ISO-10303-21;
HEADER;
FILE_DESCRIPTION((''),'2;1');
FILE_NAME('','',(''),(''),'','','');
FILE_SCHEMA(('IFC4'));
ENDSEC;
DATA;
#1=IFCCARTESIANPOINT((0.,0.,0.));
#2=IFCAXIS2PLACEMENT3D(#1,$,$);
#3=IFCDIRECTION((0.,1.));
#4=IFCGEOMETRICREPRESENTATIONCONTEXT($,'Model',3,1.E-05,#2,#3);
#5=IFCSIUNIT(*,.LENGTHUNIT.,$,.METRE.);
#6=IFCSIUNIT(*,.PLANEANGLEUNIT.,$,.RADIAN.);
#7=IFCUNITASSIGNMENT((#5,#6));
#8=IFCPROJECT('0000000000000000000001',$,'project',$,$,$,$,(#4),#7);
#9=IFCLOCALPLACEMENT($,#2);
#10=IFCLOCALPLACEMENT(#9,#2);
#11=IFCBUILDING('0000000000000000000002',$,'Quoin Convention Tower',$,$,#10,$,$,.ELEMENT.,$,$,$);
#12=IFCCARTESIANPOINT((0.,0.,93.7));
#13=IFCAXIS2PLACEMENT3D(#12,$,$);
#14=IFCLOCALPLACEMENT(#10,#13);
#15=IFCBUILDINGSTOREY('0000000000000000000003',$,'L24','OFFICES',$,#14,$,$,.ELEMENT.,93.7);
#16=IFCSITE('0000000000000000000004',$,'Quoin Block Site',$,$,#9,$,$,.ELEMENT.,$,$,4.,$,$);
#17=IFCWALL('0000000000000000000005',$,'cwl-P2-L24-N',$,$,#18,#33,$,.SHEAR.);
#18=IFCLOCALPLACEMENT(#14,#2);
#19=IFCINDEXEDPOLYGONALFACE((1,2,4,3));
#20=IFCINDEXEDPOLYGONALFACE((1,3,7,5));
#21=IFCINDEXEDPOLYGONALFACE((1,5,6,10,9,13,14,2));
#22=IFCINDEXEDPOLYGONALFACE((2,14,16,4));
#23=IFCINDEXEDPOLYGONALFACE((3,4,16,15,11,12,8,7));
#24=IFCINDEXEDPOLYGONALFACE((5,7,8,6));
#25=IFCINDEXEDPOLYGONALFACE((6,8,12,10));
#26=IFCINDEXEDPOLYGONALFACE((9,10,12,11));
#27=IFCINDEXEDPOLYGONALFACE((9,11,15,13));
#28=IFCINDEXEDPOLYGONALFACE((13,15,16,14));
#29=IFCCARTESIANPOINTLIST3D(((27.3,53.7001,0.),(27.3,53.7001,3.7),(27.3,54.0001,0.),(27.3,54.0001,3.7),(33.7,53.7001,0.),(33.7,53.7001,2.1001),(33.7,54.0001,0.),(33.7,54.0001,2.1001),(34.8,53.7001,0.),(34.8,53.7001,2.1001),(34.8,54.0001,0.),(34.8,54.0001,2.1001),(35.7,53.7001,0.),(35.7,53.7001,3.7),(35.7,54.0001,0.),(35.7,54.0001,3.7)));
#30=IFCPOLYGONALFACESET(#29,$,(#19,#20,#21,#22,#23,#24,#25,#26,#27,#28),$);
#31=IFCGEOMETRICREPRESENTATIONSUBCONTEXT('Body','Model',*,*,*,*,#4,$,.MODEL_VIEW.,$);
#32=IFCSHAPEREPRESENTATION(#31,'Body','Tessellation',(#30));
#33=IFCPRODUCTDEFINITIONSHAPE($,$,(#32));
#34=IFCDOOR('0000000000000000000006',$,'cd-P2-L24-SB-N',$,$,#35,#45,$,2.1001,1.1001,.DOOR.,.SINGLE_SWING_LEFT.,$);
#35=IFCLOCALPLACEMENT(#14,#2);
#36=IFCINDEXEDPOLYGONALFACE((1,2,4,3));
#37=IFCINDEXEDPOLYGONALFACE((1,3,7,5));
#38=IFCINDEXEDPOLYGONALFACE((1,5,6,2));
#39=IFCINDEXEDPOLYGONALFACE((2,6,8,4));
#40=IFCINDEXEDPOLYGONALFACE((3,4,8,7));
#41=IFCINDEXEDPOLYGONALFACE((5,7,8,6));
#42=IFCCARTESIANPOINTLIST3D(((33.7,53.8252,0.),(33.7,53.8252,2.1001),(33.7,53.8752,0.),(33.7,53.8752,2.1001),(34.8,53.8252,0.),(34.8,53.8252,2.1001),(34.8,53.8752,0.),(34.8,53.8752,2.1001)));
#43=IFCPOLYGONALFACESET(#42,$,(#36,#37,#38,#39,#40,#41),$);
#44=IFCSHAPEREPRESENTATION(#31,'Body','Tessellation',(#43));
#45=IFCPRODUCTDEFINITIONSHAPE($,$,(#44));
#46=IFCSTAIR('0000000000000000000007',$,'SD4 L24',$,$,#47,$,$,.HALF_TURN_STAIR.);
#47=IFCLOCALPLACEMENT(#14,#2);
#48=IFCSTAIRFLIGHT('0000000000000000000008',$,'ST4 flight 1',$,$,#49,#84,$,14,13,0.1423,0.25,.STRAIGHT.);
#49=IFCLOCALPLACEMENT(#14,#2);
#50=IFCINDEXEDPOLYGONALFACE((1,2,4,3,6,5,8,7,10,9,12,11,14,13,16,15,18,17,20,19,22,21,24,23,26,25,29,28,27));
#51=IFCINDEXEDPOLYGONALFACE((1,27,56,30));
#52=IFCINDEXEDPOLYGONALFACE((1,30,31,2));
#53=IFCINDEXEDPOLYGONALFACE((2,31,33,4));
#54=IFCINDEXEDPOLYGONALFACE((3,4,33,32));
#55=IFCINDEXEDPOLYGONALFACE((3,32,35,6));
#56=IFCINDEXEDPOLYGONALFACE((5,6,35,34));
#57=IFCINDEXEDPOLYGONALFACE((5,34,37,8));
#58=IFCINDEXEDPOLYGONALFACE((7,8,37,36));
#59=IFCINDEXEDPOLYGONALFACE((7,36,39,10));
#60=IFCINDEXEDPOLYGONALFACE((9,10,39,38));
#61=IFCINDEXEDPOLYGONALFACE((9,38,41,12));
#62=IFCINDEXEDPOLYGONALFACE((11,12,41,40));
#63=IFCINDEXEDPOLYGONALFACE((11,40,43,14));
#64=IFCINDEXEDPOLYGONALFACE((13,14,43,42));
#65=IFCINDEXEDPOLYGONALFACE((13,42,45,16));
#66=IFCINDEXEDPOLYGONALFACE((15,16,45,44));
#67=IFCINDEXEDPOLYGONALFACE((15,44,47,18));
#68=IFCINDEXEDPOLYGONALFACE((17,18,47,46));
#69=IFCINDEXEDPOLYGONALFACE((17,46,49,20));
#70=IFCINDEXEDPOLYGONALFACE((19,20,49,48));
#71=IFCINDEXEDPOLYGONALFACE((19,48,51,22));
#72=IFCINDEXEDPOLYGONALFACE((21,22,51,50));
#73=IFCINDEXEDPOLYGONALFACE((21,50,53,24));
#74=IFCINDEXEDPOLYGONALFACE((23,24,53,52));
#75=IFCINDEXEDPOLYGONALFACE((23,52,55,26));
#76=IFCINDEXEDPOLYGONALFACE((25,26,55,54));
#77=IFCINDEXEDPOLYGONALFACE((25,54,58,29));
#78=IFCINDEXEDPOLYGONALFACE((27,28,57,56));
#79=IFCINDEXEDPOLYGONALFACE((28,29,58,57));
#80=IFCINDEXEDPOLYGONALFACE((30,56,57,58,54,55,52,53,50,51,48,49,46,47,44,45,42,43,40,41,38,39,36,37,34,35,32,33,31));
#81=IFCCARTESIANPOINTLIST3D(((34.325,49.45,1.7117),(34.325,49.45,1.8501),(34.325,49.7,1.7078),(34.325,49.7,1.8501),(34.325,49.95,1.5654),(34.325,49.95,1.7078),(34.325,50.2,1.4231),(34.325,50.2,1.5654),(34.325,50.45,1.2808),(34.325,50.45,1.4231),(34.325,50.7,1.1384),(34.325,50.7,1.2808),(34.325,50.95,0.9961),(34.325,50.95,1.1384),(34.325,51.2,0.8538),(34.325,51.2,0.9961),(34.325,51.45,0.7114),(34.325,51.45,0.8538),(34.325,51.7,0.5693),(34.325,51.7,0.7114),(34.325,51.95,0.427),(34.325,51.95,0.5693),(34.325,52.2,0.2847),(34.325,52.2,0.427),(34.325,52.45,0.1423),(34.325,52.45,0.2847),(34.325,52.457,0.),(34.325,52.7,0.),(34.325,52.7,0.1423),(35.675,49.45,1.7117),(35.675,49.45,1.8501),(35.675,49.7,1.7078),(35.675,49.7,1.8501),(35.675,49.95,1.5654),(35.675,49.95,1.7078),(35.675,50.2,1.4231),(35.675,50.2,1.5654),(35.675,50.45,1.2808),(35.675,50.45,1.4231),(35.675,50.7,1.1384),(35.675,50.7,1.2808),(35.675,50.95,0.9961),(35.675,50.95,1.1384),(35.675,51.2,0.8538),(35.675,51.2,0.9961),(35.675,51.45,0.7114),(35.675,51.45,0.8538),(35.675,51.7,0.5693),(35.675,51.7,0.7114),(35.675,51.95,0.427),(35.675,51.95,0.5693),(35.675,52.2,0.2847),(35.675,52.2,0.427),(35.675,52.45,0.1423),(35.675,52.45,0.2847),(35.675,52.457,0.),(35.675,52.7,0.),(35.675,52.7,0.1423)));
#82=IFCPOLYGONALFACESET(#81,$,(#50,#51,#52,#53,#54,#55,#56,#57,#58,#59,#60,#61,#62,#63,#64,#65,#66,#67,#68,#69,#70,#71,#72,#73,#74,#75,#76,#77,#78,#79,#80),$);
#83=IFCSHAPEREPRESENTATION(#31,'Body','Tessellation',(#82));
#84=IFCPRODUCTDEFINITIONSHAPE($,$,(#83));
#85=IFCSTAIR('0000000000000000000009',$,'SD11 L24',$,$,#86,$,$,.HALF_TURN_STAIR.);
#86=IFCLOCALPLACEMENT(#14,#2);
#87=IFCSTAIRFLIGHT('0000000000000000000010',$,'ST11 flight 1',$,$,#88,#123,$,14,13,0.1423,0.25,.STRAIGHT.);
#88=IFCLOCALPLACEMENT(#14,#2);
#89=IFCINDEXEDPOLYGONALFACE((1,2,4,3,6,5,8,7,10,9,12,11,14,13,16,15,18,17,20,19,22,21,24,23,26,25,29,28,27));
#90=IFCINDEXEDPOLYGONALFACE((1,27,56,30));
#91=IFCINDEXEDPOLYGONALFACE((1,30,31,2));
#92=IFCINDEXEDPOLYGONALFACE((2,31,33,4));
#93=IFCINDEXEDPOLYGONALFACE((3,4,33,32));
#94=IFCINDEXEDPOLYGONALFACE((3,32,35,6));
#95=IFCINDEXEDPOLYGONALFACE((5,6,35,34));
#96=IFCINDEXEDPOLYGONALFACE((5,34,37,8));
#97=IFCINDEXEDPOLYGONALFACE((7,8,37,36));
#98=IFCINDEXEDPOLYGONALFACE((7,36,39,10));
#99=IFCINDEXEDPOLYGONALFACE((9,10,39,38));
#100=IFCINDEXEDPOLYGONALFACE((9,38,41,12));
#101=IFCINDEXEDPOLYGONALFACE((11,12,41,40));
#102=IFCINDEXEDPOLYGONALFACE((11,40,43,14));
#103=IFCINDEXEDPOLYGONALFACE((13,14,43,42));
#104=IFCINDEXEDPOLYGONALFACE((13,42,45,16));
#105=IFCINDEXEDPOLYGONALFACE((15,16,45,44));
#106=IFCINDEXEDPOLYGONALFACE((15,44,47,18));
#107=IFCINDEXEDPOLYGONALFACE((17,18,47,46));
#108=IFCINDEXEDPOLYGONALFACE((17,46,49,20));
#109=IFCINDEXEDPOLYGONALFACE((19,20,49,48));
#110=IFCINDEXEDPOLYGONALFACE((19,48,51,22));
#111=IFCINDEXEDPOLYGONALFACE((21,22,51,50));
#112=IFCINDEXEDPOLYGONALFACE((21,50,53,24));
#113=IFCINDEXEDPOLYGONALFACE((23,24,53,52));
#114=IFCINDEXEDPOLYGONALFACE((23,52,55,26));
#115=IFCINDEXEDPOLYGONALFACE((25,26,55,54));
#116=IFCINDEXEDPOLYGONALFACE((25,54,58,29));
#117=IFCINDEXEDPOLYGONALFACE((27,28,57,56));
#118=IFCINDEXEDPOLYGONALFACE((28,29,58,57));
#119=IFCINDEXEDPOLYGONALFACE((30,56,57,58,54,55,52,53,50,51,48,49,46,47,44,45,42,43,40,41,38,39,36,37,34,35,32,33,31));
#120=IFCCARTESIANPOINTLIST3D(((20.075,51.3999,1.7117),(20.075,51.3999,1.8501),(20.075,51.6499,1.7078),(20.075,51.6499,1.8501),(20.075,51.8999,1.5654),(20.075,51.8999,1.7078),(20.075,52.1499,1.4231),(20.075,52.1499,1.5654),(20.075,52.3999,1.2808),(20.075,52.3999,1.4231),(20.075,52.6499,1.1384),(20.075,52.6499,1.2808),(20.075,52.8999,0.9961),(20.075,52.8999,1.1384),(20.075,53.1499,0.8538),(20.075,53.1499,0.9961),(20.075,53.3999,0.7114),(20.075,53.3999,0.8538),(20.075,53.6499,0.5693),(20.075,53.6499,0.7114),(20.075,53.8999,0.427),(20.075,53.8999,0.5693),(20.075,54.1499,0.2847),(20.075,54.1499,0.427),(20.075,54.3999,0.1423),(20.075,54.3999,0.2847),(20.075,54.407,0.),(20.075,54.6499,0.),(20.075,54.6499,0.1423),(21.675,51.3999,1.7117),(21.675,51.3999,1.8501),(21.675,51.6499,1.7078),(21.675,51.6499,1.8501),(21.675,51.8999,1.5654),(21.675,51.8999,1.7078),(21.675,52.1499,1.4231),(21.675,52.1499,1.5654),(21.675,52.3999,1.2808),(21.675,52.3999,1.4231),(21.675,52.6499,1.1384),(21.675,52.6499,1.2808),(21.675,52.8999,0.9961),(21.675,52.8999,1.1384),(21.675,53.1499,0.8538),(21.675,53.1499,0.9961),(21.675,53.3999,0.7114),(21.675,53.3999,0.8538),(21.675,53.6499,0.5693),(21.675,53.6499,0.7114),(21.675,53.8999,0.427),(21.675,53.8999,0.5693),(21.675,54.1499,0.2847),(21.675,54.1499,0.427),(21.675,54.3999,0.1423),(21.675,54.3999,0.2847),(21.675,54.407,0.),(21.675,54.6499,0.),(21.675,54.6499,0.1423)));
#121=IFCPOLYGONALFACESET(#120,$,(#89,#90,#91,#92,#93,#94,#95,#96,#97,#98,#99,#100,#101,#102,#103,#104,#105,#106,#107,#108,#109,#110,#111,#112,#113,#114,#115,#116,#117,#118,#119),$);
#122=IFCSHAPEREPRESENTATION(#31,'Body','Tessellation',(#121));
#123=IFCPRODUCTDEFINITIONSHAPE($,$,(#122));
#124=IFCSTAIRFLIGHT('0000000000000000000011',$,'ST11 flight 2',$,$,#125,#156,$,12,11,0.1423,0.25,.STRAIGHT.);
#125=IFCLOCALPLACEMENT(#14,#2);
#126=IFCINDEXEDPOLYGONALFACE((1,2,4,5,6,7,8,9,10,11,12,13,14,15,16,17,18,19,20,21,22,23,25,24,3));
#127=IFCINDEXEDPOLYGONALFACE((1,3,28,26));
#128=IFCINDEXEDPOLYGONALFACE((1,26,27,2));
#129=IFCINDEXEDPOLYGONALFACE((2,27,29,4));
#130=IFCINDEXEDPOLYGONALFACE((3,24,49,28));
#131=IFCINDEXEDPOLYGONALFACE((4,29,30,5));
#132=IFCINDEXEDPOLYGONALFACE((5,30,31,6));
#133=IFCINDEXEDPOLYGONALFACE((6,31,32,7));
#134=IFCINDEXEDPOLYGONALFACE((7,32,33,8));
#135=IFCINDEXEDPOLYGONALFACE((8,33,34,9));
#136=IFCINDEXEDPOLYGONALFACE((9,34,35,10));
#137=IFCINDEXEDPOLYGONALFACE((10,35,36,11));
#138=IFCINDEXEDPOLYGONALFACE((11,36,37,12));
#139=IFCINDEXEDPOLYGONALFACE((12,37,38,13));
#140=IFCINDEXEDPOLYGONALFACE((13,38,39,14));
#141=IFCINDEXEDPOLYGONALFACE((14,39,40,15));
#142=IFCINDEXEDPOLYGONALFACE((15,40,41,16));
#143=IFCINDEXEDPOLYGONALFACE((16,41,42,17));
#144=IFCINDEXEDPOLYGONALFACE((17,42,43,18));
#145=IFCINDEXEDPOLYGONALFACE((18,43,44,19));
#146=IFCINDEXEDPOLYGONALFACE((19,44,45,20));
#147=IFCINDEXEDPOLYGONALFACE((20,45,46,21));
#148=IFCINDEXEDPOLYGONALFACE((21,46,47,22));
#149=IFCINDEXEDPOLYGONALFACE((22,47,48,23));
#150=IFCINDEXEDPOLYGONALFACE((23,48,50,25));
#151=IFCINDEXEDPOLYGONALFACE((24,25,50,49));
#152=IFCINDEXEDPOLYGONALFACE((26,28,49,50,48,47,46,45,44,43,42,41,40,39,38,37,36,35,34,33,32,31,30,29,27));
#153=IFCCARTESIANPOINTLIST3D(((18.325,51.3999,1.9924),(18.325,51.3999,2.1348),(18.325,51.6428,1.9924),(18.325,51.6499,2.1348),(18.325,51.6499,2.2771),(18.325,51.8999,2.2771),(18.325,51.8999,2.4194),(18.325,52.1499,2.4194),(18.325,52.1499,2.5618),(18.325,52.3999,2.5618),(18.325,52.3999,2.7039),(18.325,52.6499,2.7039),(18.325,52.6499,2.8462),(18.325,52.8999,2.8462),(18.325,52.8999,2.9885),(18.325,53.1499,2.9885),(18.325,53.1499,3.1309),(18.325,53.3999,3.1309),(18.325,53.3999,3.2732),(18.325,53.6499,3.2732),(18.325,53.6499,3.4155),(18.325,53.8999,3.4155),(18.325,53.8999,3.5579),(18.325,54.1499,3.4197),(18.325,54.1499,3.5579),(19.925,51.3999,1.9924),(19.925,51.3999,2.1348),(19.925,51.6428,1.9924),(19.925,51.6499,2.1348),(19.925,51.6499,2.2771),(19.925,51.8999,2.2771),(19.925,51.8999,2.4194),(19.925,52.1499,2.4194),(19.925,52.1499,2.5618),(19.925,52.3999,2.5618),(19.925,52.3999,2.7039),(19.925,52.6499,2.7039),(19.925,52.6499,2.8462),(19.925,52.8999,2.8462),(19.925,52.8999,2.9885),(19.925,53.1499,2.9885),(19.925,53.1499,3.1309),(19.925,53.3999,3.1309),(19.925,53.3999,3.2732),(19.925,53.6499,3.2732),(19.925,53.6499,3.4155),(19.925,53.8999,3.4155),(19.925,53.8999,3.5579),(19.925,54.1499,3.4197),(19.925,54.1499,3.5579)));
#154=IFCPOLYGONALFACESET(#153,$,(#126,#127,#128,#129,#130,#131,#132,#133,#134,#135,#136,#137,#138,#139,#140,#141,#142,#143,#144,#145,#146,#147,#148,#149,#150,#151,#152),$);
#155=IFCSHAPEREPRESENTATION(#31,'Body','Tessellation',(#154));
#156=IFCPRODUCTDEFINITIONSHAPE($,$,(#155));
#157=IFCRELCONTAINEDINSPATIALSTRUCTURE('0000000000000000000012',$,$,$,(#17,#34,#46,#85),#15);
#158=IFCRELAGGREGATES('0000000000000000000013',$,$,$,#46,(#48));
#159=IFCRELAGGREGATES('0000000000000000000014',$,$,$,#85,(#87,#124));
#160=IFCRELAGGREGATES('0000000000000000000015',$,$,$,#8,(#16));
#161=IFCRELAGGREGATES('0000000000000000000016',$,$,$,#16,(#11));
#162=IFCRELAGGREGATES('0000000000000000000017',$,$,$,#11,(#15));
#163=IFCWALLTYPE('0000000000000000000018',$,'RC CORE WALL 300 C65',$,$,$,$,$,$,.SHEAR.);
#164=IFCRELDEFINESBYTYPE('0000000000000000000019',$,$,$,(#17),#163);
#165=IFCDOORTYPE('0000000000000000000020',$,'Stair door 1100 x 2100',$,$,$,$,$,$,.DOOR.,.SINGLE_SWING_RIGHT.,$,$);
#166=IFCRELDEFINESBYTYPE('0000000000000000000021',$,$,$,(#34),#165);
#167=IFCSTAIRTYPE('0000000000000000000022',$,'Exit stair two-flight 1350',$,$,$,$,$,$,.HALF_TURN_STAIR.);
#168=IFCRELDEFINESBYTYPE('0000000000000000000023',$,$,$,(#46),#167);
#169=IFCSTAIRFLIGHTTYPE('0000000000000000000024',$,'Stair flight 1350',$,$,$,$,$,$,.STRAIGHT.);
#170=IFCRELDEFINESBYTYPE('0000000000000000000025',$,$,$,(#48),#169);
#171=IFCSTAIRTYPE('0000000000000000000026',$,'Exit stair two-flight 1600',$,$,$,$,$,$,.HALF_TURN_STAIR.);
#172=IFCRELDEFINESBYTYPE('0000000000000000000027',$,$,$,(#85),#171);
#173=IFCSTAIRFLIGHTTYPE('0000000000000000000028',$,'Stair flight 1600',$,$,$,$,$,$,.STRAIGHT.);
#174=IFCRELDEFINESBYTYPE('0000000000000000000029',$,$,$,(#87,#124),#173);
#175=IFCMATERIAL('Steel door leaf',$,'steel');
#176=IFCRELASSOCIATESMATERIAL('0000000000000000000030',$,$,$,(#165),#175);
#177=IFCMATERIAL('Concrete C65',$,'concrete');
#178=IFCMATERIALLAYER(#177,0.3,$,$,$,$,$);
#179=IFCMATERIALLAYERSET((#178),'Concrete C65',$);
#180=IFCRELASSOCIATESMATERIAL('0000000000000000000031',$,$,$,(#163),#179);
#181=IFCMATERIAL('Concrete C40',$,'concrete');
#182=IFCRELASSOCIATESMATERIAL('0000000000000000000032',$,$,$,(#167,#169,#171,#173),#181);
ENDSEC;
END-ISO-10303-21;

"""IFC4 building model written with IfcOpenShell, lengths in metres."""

from ifc_helpers import new_model, si_unit, direction, frame, frame_2d, origin, place, context, subcontext, project, spatial, polyline, rectangle, outline, extrude, material, layer, layer_set, type_object, element, fill, aggregate, save


model = new_model("IFC4")

# Units and contexts
model_context = context("Model", 3, precision=1e-05, world=origin(), true_north=direction((0.0, 1.0)))
body_context = subcontext(model_context, "Body", "Model", "MODEL_VIEW")
ifc_project = project(units=[si_unit("LENGTHUNIT", "METRE"), si_unit("PLANEANGLEUNIT", "RADIAN")], contexts=[model_context])

# Site, building, storey
site_placement = place(None, origin())
site = spatial("IfcSite", under=ifc_project, at=site_placement, Name="Quoin Block Site", CompositionType="ELEMENT", RefElevation=4.0)
building_placement = place(site_placement, origin())
building = spatial("IfcBuilding", under=site, at=building_placement, Name="Quoin Convention Tower", CompositionType="ELEMENT")
storey_placement = place(building_placement, frame((0.0, 0.0, 93.7)))
storey = spatial("IfcBuildingStorey", under=building, at=storey_placement, Name="L24", Description="OFFICES", CompositionType="ELEMENT", Elevation=93.7)

# Shared definitions
ifc_material_1 = material(Name="Concrete C65", Category="concrete")

# Shared definitions
ifc_material_2 = material(Name="Steel door leaf", Category="steel")
door_type_1 = type_object("IfcDoorType", Name="Stair door 1100 x 2100", OperationType="SINGLE_SWING_RIGHT", PredefinedType="DOOR", material=ifc_material_2)

# Wall, opening, door
ifc_layer_1 = layer(ifc_material_1, 0.3)
ifc_layer_set_1 = layer_set([ifc_layer_1], Name="Concrete C65")
wall_type_1 = type_object("IfcWallType", Name="RC CORE WALL 300 C65", PredefinedType="SHEAR", material=ifc_layer_set_1)
wall_1_placement = place(storey_placement, frame((27.3, 53.8501, 0.0), z_axis=(0.0, 0.0, 1.0), x_axis=(1.0, 0.0, 0.0)))
wall_1 = element("IfcWall", 1, at=wall_1_placement, inside=storey, type_object=wall_type_1, Name="cwl-P2-L24-N", PredefinedType="SHEAR", context=body_context, shape_type="SweptSolid", body=[
    extrude(rectangle(XDim=8.3999, YDim=0.3, at=frame_2d((4.2, 0.0))), origin(), (0.0, 0.0, 1.0), 3.7),
])
opening_1_placement = place(wall_1_placement, frame((6.3999, 0.0, 0.0)))
opening_1 = element("IfcOpeningElement", 2, at=opening_1_placement, cuts=wall_1, PredefinedType="OPENING", context=body_context, shape_type="SweptSolid", body=[
    extrude(rectangle(XDim=1.1001, YDim=2.1001, at=frame_2d((0.55, 1.05))), frame((0.0, 0.1599, 0.0), z_axis=(0.0, -1.0, 0.0), x_axis=(1.0, 0.0, 0.0)), (0.0, 0.0, 1.0), 0.3201),
])
door_1_placement = place(opening_1_placement, frame((1.1001, 0.0, 0.0), z_axis=(0.0, 0.0, 1.0), x_axis=(-1.0, 0.0, 0.0)))
door_1 = element("IfcDoor", 3, at=door_1_placement, inside=storey, type_object=door_type_1, Name="cd-P2-L24-SB-N", OperationType="SINGLE_SWING_LEFT", OverallHeight=2.1001, OverallWidth=1.1001, PredefinedType="DOOR", context=body_context, shape_type="SweptSolid", body=[
    extrude(rectangle(XDim=1.1001, YDim=2.1001, at=frame_2d((0.55, 1.05))), frame((0.0, 0.0249, 0.0), z_axis=(0.0, -1.0, 0.0), x_axis=(1.0, 0.0, 0.0)), (0.0, 0.0, 1.0), 0.05),
])
fill(opening_1, door_1)

# Stair, stair flight
ifc_material_3 = material(Name="Concrete C40", Category="concrete")
stair_type_1 = type_object("IfcStairType", Name="Exit stair two-flight 1350", PredefinedType="HALF_TURN_STAIR", material=ifc_material_3)
stair_1_placement = place(storey_placement, origin())
stair_1 = element("IfcStair", 4, at=stair_1_placement, inside=storey, type_object=stair_type_1, Name="SD4 L24", PredefinedType="HALF_TURN_STAIR")
stair_flight_type_1 = type_object("IfcStairFlightType", Name="Stair flight 1350", PredefinedType="STRAIGHT", material=ifc_material_3)
stair_flight_1_placement = place(storey_placement, frame((35.0, 52.7, 0.0), z_axis=(0.0, 0.0, 1.0), x_axis=(0.0, -1.0, 0.0)))
stair_flight_1 = element("IfcStairFlight", 5, at=stair_flight_1_placement, type_object=stair_flight_type_1, Name="ST4 flight 1", NumberOfRisers=14, NumberOfTreads=13, PredefinedType="STRAIGHT", RiserHeight=0.1423, TreadLength=0.25, context=body_context, shape_type="SweptSolid", body=[
    extrude(outline(polyline([(0.0, 0.0), (0.0, 0.1423), (0.25, 0.1423), (0.25, 0.2847), (0.5, 0.2847), (0.5, 0.427), (0.75, 0.427), (0.75, 0.5693), (1.0, 0.5693), (1.0, 0.7114), (1.25, 0.7114), (1.25, 0.8538), (1.5, 0.8538), (1.5, 0.9961), (1.75, 0.9961), (1.75, 1.1384), (2.0, 1.1384), (2.0, 1.2808), (2.25, 1.2808), (2.25, 1.4231), (2.5, 1.4231), (2.5, 1.5654), (2.75, 1.5654), (2.75, 1.7078), (3.0, 1.7078), (3.0, 1.8501), (3.25, 1.8501), (3.25, 1.9922), (3.25, 1.7117), (0.2429, 0.0), (0.0, 0.0)])), frame((0.0, 0.675, 0.0), z_axis=(0.0, -1.0, 0.0), x_axis=(1.0, 0.0, 0.0)), (0.0, 0.0, 1.0), 1.3501),
])
aggregate(stair_1, [stair_flight_1])

# Stair, stair flights
stair_type_2 = type_object("IfcStairType", Name="Exit stair two-flight 1600", PredefinedType="HALF_TURN_STAIR", material=ifc_material_3)
stair_2_placement = place(storey_placement, origin())
stair_2 = element("IfcStair", 6, at=stair_2_placement, inside=storey, type_object=stair_type_2, Name="SD11 L24", PredefinedType="HALF_TURN_STAIR")
stair_flight_type_2 = type_object("IfcStairFlightType", Name="Stair flight 1600", PredefinedType="STRAIGHT", material=ifc_material_3)
stair_flight_2_placement = place(storey_placement, frame((20.875, 54.6499, 0.0), z_axis=(0.0, 0.0, 1.0), x_axis=(0.0, -1.0, 0.0)))
stair_flight_2 = element("IfcStairFlight", 7, at=stair_flight_2_placement, type_object=stair_flight_type_2, Name="ST11 flight 1", NumberOfRisers=14, NumberOfTreads=13, PredefinedType="STRAIGHT", RiserHeight=0.1423, TreadLength=0.25, context=body_context, shape_type="SweptSolid", body=[
    extrude(outline(polyline([(0.0, 0.0), (0.0, 0.1423), (0.25, 0.1423), (0.25, 0.2847), (0.5, 0.2847), (0.5, 0.427), (0.75, 0.427), (0.75, 0.5693), (1.0, 0.5693), (1.0, 0.7114), (1.25, 0.7114), (1.25, 0.8538), (1.5, 0.8538), (1.5, 0.9961), (1.75, 0.9961), (1.75, 1.1384), (2.0, 1.1384), (2.0, 1.2808), (2.25, 1.2808), (2.25, 1.4231), (2.5, 1.4231), (2.5, 1.5654), (2.75, 1.5654), (2.75, 1.7078), (3.0, 1.7078), (3.0, 1.8501), (3.25, 1.8501), (3.25, 1.9922), (3.25, 1.7117), (0.2429, 0.0), (0.0, 0.0)])), frame((0.0, 0.8, 0.0), z_axis=(0.0, -1.0, 0.0), x_axis=(1.0, 0.0, 0.0)), (0.0, 0.0, 1.0), 1.6001),
])
stair_flight_3_placement = place(storey_placement, frame((19.125, 51.3999, 1.9924), z_axis=(0.0, 0.0, 1.0), x_axis=(0.0, 1.0, 0.0)))
stair_flight_3 = element("IfcStairFlight", 8, at=stair_flight_3_placement, type_object=stair_flight_type_2, Name="ST11 flight 2", NumberOfRisers=12, NumberOfTreads=11, PredefinedType="STRAIGHT", RiserHeight=0.1423, TreadLength=0.25, context=body_context, shape_type="SweptSolid", body=[
    extrude(outline(polyline([(0.0, 0.0), (0.0, 0.1423), (0.25, 0.1423), (0.25, 0.2847), (0.5, 0.2847), (0.5, 0.427), (0.75, 0.427), (0.75, 0.5693), (1.0, 0.5693), (1.0, 0.7114), (1.25, 0.7114), (1.25, 0.8538), (1.5, 0.8538), (1.5, 0.9961), (1.75, 0.9961), (1.75, 1.1384), (2.0, 1.1384), (2.0, 1.2808), (2.25, 1.2808), (2.25, 1.4231), (2.5, 1.4231), (2.5, 1.5654), (2.75, 1.5654), (2.75, 1.7078), (2.75, 1.4272), (0.2429, 0.0), (0.0, 0.0)])), frame((0.0, 0.8, 0.0), z_axis=(0.0, -1.0, 0.0), x_axis=(1.0, 0.0, 0.0)), (0.0, 0.0, 1.0), 1.6001),
])
aggregate(stair_2, [stair_flight_2, stair_flight_3])

save(model, "model.ifc")
